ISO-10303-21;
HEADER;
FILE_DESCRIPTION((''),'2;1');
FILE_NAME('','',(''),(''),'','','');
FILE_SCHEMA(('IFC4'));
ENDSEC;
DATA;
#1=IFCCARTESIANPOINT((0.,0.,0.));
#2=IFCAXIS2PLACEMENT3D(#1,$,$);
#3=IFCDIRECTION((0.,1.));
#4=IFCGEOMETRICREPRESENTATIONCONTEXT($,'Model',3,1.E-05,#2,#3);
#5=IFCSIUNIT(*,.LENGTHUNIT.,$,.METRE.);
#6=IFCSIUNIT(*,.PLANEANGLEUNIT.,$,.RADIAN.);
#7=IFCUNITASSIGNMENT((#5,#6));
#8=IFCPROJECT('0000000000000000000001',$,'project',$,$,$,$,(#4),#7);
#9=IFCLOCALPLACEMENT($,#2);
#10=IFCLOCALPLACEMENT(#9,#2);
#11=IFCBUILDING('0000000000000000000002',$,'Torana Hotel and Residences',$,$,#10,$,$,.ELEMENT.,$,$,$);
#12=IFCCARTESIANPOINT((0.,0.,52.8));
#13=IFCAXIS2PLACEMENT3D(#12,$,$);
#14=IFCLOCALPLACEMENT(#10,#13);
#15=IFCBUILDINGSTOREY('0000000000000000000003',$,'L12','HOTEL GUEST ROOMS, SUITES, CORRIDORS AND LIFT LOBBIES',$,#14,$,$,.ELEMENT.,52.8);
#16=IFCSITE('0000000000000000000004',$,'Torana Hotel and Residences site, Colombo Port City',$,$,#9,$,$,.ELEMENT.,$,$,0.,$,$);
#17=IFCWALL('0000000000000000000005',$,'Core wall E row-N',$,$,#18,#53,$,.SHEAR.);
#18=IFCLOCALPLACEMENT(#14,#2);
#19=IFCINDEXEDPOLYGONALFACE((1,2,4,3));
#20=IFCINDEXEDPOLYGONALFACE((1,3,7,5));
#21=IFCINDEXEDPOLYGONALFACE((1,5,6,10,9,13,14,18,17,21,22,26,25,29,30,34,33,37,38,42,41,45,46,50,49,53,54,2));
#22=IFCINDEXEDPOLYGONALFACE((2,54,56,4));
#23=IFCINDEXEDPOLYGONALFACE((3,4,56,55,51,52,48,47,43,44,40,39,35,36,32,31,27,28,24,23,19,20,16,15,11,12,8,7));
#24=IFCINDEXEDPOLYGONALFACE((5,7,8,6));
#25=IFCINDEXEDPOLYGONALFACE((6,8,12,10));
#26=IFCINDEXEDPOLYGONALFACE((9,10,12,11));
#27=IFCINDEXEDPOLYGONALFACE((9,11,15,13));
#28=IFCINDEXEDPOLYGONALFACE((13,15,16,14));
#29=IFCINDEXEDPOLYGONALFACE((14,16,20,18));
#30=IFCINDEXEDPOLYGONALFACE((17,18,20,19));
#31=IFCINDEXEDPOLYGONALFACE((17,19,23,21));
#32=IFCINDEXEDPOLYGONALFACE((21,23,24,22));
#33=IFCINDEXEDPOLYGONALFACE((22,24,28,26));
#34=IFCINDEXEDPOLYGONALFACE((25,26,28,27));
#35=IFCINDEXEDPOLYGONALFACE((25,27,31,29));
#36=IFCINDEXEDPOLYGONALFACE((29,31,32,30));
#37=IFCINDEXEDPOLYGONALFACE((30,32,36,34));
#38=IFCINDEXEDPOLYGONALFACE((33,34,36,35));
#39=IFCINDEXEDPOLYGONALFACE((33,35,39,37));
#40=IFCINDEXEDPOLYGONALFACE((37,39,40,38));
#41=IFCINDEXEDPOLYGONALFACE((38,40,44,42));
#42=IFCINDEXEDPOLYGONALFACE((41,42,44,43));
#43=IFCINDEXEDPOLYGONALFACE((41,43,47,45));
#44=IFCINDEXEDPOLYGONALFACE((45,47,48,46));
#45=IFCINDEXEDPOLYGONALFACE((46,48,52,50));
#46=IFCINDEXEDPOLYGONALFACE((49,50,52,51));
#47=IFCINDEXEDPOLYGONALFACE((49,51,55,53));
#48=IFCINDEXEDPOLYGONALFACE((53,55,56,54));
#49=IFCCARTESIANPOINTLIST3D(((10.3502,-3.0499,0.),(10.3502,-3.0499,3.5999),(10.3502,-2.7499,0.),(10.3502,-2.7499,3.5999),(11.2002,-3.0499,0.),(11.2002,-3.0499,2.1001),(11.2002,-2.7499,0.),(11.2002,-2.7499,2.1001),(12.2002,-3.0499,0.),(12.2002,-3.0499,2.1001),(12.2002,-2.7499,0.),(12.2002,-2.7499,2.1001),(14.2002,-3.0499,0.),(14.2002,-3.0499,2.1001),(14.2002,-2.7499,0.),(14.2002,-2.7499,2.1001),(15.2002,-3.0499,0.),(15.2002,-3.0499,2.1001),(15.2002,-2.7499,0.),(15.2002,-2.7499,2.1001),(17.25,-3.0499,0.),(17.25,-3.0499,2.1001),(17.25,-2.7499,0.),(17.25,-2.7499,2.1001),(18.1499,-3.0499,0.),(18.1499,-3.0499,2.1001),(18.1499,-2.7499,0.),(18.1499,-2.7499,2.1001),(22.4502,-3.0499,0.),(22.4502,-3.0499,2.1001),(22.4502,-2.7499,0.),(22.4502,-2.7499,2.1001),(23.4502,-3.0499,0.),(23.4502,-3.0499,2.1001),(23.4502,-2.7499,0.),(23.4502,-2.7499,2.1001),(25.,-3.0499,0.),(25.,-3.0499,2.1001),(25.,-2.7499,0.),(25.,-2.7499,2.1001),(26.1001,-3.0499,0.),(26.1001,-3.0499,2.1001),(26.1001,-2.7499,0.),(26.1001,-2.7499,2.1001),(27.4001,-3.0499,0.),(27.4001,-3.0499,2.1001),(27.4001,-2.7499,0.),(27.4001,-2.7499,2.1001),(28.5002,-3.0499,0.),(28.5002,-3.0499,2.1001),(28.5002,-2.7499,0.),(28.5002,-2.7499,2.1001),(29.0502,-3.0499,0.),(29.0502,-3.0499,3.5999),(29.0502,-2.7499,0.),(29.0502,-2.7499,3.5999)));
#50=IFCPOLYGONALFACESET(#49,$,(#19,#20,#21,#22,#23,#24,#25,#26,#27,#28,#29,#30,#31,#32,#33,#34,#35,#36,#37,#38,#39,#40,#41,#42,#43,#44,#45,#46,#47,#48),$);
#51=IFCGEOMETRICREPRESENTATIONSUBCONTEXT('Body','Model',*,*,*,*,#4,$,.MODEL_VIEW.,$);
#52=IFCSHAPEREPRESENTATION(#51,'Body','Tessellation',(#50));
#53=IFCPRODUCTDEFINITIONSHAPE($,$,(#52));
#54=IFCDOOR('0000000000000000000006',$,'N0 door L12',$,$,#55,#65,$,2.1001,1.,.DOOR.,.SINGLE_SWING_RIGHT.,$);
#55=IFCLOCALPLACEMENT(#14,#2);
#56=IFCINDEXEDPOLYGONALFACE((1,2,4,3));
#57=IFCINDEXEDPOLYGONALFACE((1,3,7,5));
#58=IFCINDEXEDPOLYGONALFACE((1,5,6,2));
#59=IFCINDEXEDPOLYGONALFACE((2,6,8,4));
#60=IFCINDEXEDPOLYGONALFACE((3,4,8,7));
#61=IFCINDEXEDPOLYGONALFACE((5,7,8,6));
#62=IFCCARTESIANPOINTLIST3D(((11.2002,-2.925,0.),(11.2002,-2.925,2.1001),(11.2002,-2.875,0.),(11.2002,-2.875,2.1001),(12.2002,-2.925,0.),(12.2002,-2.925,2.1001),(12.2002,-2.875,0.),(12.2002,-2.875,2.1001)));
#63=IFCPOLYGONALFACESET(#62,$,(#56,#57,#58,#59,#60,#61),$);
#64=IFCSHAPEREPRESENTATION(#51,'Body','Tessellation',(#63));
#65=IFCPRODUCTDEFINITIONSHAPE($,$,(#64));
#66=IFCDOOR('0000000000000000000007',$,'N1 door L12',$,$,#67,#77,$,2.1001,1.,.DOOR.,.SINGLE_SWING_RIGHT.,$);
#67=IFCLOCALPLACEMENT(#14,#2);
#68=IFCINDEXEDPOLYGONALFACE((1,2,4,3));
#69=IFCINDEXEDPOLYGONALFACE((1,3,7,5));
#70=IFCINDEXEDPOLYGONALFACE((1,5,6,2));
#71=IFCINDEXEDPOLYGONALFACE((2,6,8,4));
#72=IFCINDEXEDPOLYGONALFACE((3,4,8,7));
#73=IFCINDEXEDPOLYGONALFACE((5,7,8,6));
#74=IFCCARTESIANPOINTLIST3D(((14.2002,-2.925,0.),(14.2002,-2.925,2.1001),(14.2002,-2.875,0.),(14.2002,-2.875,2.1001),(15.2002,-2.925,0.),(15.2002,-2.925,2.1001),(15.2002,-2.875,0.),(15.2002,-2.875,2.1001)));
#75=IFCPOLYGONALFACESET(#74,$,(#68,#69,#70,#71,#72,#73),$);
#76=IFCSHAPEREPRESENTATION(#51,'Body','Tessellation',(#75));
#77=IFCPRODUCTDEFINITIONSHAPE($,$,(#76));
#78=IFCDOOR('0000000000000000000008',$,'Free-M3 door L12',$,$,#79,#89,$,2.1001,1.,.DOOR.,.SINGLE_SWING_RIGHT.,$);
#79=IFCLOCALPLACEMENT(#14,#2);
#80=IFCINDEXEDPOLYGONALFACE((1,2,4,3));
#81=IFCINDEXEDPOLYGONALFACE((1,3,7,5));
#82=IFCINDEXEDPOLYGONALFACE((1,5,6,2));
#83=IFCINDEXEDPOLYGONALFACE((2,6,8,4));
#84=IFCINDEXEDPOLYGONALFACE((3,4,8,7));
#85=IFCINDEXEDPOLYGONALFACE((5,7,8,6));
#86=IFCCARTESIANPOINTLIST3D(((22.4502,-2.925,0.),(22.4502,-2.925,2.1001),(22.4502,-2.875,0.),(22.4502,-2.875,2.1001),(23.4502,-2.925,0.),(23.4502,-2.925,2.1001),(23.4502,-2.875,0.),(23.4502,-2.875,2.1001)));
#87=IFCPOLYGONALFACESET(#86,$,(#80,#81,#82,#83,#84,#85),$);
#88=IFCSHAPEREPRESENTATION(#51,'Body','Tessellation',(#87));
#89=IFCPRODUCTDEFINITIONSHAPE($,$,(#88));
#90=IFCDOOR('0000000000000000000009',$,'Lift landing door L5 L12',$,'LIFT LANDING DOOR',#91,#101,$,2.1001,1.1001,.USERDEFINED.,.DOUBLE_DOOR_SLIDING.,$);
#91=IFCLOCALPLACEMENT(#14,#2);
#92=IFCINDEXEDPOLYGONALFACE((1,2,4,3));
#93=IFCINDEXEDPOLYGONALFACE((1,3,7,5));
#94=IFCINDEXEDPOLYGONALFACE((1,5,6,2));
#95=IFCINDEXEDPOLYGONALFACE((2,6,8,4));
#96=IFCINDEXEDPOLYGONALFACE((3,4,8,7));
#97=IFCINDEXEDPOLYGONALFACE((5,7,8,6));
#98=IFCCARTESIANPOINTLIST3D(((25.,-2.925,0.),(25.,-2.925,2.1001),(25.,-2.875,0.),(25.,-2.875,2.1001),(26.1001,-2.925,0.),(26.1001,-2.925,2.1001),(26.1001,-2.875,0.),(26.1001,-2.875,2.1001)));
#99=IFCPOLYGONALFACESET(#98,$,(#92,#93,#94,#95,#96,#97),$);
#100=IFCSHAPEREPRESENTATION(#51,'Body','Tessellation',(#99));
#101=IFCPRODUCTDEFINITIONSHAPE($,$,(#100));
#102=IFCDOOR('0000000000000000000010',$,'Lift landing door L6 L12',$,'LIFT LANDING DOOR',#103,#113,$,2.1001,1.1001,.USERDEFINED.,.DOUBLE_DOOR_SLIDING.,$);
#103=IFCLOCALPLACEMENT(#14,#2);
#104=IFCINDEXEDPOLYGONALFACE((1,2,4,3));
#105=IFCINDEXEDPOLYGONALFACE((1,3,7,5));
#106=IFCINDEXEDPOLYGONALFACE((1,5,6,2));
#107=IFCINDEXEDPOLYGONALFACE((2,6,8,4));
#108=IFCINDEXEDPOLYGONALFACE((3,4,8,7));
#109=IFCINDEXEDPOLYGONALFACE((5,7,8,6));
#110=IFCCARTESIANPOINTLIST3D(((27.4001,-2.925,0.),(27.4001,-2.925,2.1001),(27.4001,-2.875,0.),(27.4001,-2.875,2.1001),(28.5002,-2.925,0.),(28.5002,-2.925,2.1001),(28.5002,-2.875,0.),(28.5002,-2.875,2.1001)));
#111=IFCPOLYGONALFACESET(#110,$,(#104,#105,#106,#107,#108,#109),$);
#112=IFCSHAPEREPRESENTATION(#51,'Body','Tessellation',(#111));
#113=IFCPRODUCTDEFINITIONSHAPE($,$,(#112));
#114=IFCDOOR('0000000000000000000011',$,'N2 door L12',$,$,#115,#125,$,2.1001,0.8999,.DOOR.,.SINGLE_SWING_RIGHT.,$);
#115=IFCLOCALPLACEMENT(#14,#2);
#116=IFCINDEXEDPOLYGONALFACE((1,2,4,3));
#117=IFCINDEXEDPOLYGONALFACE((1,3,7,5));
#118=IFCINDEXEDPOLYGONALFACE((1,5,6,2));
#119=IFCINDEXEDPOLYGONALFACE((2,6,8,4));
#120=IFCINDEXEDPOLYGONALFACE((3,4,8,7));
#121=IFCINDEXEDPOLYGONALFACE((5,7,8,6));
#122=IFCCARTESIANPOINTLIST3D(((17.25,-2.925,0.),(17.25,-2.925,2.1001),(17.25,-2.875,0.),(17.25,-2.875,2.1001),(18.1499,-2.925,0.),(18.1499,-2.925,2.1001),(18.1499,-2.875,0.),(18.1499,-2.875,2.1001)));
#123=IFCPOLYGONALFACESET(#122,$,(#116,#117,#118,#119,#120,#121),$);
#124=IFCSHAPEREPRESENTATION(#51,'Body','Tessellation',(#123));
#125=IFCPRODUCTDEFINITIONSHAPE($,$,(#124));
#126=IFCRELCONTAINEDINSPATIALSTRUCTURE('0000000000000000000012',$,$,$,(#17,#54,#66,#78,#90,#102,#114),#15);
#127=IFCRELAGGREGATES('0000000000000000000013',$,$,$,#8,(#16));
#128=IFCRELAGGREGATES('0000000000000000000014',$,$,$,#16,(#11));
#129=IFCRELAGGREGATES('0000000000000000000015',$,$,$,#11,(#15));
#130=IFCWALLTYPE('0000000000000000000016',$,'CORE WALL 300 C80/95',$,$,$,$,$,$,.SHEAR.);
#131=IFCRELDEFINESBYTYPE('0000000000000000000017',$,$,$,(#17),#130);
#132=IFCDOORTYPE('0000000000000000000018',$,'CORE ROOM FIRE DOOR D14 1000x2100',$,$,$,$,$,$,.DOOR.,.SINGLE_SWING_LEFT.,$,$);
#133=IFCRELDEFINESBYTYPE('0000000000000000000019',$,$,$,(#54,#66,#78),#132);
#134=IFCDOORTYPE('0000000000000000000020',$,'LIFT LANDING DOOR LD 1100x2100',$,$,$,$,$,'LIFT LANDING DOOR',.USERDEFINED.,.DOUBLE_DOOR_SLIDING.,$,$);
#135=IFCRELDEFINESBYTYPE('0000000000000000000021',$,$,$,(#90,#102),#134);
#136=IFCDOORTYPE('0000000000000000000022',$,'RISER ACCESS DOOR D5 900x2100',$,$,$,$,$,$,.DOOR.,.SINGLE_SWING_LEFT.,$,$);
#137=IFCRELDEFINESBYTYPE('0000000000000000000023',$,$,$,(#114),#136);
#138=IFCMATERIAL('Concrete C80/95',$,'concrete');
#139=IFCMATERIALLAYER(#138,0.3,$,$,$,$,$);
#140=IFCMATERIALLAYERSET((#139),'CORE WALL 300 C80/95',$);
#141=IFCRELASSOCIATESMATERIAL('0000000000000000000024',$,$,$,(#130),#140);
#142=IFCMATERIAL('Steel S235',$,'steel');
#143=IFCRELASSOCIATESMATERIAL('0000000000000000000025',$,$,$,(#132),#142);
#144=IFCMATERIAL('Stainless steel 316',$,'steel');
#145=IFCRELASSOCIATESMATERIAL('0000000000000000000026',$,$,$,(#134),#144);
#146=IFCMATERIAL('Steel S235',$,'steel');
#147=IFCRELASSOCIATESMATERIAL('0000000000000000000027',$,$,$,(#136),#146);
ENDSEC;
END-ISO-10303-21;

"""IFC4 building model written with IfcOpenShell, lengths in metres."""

from ifc_helpers import new_model, si_unit, direction, frame, frame_2d, origin, place, context, subcontext, project, spatial, rectangle, extrude, material, layer, layer_set, type_object, element, fill, save


model = new_model("IFC4")

# Units and contexts
model_context = context("Model", 3, precision=1e-05, world=origin(), true_north=direction((0.0, 1.0)))
body_context = subcontext(model_context, "Body", "Model", "MODEL_VIEW")
ifc_project = project(units=[si_unit("LENGTHUNIT", "METRE"), si_unit("PLANEANGLEUNIT", "RADIAN")], contexts=[model_context])

# Site, building, storey
site_placement = place(None, origin())
site = spatial("IfcSite", under=ifc_project, at=site_placement, Name="Torana Hotel and Residences site, Colombo Port City", CompositionType="ELEMENT", RefElevation=0.0)
building_placement = place(site_placement, origin())
building = spatial("IfcBuilding", under=site, at=building_placement, Name="Torana Hotel and Residences", CompositionType="ELEMENT")
storey_placement = place(building_placement, frame((0.0, 0.0, 52.8)))
storey = spatial("IfcBuildingStorey", under=building, at=storey_placement, Name="L12", Description="HOTEL GUEST ROOMS, SUITES, CORRIDORS AND LIFT LOBBIES", CompositionType="ELEMENT", Elevation=52.8)

# Wall, openings, doors
ifc_material_1 = material(Name="Concrete C80/95", Category="concrete")
ifc_layer_1 = layer(ifc_material_1, 0.3)
ifc_layer_set_1 = layer_set([ifc_layer_1], Name="CORE WALL 300 C80/95")
wall_type_1 = type_object("IfcWallType", Name="CORE WALL 300 C80/95", PredefinedType="SHEAR", material=ifc_layer_set_1)
wall_1_placement = place(storey_placement, frame((10.3501, -2.8999, 0.0), z_axis=(0.0, 0.0, 1.0), x_axis=(1.0, 0.0, 0.0)))
wall_1 = element("IfcWall", 1, at=wall_1_placement, inside=storey, type_object=wall_type_1, Name="Core wall E row-N", PredefinedType="SHEAR", context=body_context, shape_type="SweptSolid", body=[
    extrude(rectangle(XDim=18.7, YDim=0.3, at=frame_2d((9.3501, 0.0))), origin(), (0.0, 0.0, 1.0), 3.5999),
])
opening_1_placement = place(wall_1_placement, frame((14.6499, 0.0, 0.0)))
opening_1 = element("IfcOpeningElement", 2, at=opening_1_placement, cuts=wall_1, PredefinedType="OPENING", context=body_context, shape_type="SweptSolid", body=[
    extrude(rectangle(XDim=1.1001, YDim=2.1001, at=frame_2d((0.55, 1.05))), frame((0.0, 0.1599, 0.0), z_axis=(0.0, -1.0, 0.0), x_axis=(1.0, 0.0, 0.0)), (0.0, 0.0, 1.0), 0.3201),
])
opening_2_placement = place(wall_1_placement, frame((17.05, 0.0, 0.0)))
opening_2 = element("IfcOpeningElement", 3, at=opening_2_placement, cuts=wall_1, PredefinedType="OPENING", context=body_context, shape_type="SweptSolid", body=[
    extrude(rectangle(XDim=1.1001, YDim=2.1001, at=frame_2d((0.55, 1.05))), frame((0.0, 0.1599, 0.0), z_axis=(0.0, -1.0, 0.0), x_axis=(1.0, 0.0, 0.0)), (0.0, 0.0, 1.0), 0.3201),
])
opening_3_placement = place(wall_1_placement, frame((6.8999, 0.0, 0.0)))
opening_3 = element("IfcOpeningElement", 4, at=opening_3_placement, cuts=wall_1, PredefinedType="OPENING", context=body_context, shape_type="SweptSolid", body=[
    extrude(rectangle(XDim=0.8999, YDim=2.1001, at=frame_2d((0.45, 1.05))), frame((0.0, 0.1599, 0.0), z_axis=(0.0, -1.0, 0.0), x_axis=(1.0, 0.0, 0.0)), (0.0, 0.0, 1.0), 0.3201),
])
opening_4_placement = place(wall_1_placement, frame((0.8501, 0.0, 0.0)))
opening_4 = element("IfcOpeningElement", 5, at=opening_4_placement, cuts=wall_1, PredefinedType="OPENING", context=body_context, shape_type="SweptSolid", body=[
    extrude(rectangle(XDim=1.0, YDim=2.1001, at=frame_2d((0.5, 1.05))), frame((0.0, 0.1599, 0.0), z_axis=(0.0, -1.0, 0.0), x_axis=(1.0, 0.0, 0.0)), (0.0, 0.0, 1.0), 0.3201),
])
opening_5_placement = place(wall_1_placement, frame((3.8501, 0.0, 0.0)))
opening_5 = element("IfcOpeningElement", 6, at=opening_5_placement, cuts=wall_1, PredefinedType="OPENING", context=body_context, shape_type="SweptSolid", body=[
    extrude(rectangle(XDim=1.0, YDim=2.1001, at=frame_2d((0.5, 1.05))), frame((0.0, 0.1599, 0.0), z_axis=(0.0, -1.0, 0.0), x_axis=(1.0, 0.0, 0.0)), (0.0, 0.0, 1.0), 0.3201),
])
opening_6_placement = place(wall_1_placement, frame((12.1001, 0.0, 0.0)))
opening_6 = element("IfcOpeningElement", 7, at=opening_6_placement, cuts=wall_1, PredefinedType="OPENING", context=body_context, shape_type="SweptSolid", body=[
    extrude(rectangle(XDim=1.0, YDim=2.1001, at=frame_2d((0.5, 1.05))), frame((0.0, 0.1599, 0.0), z_axis=(0.0, -1.0, 0.0), x_axis=(1.0, 0.0, 0.0)), (0.0, 0.0, 1.0), 0.3201),
])
ifc_material_2 = material(Name="Steel S235", Category="steel")
door_type_1 = type_object("IfcDoorType", Name="CORE ROOM FIRE DOOR D14 1000x2100", OperationType="SINGLE_SWING_LEFT", PredefinedType="DOOR", material=ifc_material_2)
door_1_placement = place(opening_4_placement, origin())
door_1 = element("IfcDoor", 8, at=door_1_placement, inside=storey, type_object=door_type_1, Name="N0 door L12", OperationType="SINGLE_SWING_RIGHT", OverallHeight=2.1001, OverallWidth=1.0, PredefinedType="DOOR", context=body_context, shape_type="SweptSolid", body=[
    extrude(rectangle(XDim=1.0, YDim=2.1001, at=frame_2d((0.5, 1.05))), frame((0.0, 0.0249, 0.0), z_axis=(0.0, -1.0, 0.0), x_axis=(1.0, 0.0, 0.0)), (0.0, 0.0, 1.0), 0.05),
])
fill(opening_4, door_1)
door_2_placement = place(opening_5_placement, origin())
door_2 = element("IfcDoor", 9, at=door_2_placement, inside=storey, type_object=door_type_1, Name="N1 door L12", OperationType="SINGLE_SWING_RIGHT", OverallHeight=2.1001, OverallWidth=1.0, PredefinedType="DOOR", context=body_context, shape_type="SweptSolid", body=[
    extrude(rectangle(XDim=1.0, YDim=2.1001, at=frame_2d((0.5, 1.05))), frame((0.0, 0.0249, 0.0), z_axis=(0.0, -1.0, 0.0), x_axis=(1.0, 0.0, 0.0)), (0.0, 0.0, 1.0), 0.05),
])
fill(opening_5, door_2)
door_3_placement = place(opening_6_placement, origin())
door_3 = element("IfcDoor", 10, at=door_3_placement, inside=storey, type_object=door_type_1, Name="Free-M3 door L12", OperationType="SINGLE_SWING_RIGHT", OverallHeight=2.1001, OverallWidth=1.0, PredefinedType="DOOR", context=body_context, shape_type="SweptSolid", body=[
    extrude(rectangle(XDim=1.0, YDim=2.1001, at=frame_2d((0.5, 1.05))), frame((0.0, 0.0249, 0.0), z_axis=(0.0, -1.0, 0.0), x_axis=(1.0, 0.0, 0.0)), (0.0, 0.0, 1.0), 0.05),
])
fill(opening_6, door_3)
ifc_material_3 = material(Name="Stainless steel 316", Category="steel")
door_type_2 = type_object("IfcDoorType", Name="LIFT LANDING DOOR LD 1100x2100", ElementType="LIFT LANDING DOOR", OperationType="DOUBLE_DOOR_SLIDING", PredefinedType="USERDEFINED", material=ifc_material_3)
door_4_placement = place(opening_1_placement, origin())
door_4 = element("IfcDoor", 11, at=door_4_placement, inside=storey, type_object=door_type_2, Name="Lift landing door L5 L12", ObjectType="LIFT LANDING DOOR", OperationType="DOUBLE_DOOR_SLIDING", OverallHeight=2.1001, OverallWidth=1.1001, PredefinedType="USERDEFINED", context=body_context, shape_type="SweptSolid", body=[
    extrude(rectangle(XDim=1.1001, YDim=2.1001, at=frame_2d((0.55, 1.05))), frame((0.0, 0.0249, 0.0), z_axis=(0.0, -1.0, 0.0), x_axis=(1.0, 0.0, 0.0)), (0.0, 0.0, 1.0), 0.05),
])
fill(opening_1, door_4)
door_5_placement = place(opening_2_placement, origin())
door_5 = element("IfcDoor", 12, at=door_5_placement, inside=storey, type_object=door_type_2, Name="Lift landing door L6 L12", ObjectType="LIFT LANDING DOOR", OperationType="DOUBLE_DOOR_SLIDING", OverallHeight=2.1001, OverallWidth=1.1001, PredefinedType="USERDEFINED", context=body_context, shape_type="SweptSolid", body=[
    extrude(rectangle(XDim=1.1001, YDim=2.1001, at=frame_2d((0.55, 1.05))), frame((0.0, 0.0249, 0.0), z_axis=(0.0, -1.0, 0.0), x_axis=(1.0, 0.0, 0.0)), (0.0, 0.0, 1.0), 0.05),
])
fill(opening_2, door_5)
ifc_material_4 = material(Name="Steel S235", Category="steel")
door_type_3 = type_object("IfcDoorType", Name="RISER ACCESS DOOR D5 900x2100", OperationType="SINGLE_SWING_LEFT", PredefinedType="DOOR", material=ifc_material_4)
door_6_placement = place(opening_3_placement, origin())
door_6 = element("IfcDoor", 13, at=door_6_placement, inside=storey, type_object=door_type_3, Name="N2 door L12", OperationType="SINGLE_SWING_RIGHT", OverallHeight=2.1001, OverallWidth=0.8999, PredefinedType="DOOR", context=body_context, shape_type="SweptSolid", body=[
    extrude(rectangle(XDim=0.8999, YDim=2.1001, at=frame_2d((0.45, 1.05))), frame((0.0, 0.0249, 0.0), z_axis=(0.0, -1.0, 0.0), x_axis=(1.0, 0.0, 0.0)), (0.0, 0.0, 1.0), 0.05),
])
fill(opening_3, door_6)

save(model, "model.ifc")
